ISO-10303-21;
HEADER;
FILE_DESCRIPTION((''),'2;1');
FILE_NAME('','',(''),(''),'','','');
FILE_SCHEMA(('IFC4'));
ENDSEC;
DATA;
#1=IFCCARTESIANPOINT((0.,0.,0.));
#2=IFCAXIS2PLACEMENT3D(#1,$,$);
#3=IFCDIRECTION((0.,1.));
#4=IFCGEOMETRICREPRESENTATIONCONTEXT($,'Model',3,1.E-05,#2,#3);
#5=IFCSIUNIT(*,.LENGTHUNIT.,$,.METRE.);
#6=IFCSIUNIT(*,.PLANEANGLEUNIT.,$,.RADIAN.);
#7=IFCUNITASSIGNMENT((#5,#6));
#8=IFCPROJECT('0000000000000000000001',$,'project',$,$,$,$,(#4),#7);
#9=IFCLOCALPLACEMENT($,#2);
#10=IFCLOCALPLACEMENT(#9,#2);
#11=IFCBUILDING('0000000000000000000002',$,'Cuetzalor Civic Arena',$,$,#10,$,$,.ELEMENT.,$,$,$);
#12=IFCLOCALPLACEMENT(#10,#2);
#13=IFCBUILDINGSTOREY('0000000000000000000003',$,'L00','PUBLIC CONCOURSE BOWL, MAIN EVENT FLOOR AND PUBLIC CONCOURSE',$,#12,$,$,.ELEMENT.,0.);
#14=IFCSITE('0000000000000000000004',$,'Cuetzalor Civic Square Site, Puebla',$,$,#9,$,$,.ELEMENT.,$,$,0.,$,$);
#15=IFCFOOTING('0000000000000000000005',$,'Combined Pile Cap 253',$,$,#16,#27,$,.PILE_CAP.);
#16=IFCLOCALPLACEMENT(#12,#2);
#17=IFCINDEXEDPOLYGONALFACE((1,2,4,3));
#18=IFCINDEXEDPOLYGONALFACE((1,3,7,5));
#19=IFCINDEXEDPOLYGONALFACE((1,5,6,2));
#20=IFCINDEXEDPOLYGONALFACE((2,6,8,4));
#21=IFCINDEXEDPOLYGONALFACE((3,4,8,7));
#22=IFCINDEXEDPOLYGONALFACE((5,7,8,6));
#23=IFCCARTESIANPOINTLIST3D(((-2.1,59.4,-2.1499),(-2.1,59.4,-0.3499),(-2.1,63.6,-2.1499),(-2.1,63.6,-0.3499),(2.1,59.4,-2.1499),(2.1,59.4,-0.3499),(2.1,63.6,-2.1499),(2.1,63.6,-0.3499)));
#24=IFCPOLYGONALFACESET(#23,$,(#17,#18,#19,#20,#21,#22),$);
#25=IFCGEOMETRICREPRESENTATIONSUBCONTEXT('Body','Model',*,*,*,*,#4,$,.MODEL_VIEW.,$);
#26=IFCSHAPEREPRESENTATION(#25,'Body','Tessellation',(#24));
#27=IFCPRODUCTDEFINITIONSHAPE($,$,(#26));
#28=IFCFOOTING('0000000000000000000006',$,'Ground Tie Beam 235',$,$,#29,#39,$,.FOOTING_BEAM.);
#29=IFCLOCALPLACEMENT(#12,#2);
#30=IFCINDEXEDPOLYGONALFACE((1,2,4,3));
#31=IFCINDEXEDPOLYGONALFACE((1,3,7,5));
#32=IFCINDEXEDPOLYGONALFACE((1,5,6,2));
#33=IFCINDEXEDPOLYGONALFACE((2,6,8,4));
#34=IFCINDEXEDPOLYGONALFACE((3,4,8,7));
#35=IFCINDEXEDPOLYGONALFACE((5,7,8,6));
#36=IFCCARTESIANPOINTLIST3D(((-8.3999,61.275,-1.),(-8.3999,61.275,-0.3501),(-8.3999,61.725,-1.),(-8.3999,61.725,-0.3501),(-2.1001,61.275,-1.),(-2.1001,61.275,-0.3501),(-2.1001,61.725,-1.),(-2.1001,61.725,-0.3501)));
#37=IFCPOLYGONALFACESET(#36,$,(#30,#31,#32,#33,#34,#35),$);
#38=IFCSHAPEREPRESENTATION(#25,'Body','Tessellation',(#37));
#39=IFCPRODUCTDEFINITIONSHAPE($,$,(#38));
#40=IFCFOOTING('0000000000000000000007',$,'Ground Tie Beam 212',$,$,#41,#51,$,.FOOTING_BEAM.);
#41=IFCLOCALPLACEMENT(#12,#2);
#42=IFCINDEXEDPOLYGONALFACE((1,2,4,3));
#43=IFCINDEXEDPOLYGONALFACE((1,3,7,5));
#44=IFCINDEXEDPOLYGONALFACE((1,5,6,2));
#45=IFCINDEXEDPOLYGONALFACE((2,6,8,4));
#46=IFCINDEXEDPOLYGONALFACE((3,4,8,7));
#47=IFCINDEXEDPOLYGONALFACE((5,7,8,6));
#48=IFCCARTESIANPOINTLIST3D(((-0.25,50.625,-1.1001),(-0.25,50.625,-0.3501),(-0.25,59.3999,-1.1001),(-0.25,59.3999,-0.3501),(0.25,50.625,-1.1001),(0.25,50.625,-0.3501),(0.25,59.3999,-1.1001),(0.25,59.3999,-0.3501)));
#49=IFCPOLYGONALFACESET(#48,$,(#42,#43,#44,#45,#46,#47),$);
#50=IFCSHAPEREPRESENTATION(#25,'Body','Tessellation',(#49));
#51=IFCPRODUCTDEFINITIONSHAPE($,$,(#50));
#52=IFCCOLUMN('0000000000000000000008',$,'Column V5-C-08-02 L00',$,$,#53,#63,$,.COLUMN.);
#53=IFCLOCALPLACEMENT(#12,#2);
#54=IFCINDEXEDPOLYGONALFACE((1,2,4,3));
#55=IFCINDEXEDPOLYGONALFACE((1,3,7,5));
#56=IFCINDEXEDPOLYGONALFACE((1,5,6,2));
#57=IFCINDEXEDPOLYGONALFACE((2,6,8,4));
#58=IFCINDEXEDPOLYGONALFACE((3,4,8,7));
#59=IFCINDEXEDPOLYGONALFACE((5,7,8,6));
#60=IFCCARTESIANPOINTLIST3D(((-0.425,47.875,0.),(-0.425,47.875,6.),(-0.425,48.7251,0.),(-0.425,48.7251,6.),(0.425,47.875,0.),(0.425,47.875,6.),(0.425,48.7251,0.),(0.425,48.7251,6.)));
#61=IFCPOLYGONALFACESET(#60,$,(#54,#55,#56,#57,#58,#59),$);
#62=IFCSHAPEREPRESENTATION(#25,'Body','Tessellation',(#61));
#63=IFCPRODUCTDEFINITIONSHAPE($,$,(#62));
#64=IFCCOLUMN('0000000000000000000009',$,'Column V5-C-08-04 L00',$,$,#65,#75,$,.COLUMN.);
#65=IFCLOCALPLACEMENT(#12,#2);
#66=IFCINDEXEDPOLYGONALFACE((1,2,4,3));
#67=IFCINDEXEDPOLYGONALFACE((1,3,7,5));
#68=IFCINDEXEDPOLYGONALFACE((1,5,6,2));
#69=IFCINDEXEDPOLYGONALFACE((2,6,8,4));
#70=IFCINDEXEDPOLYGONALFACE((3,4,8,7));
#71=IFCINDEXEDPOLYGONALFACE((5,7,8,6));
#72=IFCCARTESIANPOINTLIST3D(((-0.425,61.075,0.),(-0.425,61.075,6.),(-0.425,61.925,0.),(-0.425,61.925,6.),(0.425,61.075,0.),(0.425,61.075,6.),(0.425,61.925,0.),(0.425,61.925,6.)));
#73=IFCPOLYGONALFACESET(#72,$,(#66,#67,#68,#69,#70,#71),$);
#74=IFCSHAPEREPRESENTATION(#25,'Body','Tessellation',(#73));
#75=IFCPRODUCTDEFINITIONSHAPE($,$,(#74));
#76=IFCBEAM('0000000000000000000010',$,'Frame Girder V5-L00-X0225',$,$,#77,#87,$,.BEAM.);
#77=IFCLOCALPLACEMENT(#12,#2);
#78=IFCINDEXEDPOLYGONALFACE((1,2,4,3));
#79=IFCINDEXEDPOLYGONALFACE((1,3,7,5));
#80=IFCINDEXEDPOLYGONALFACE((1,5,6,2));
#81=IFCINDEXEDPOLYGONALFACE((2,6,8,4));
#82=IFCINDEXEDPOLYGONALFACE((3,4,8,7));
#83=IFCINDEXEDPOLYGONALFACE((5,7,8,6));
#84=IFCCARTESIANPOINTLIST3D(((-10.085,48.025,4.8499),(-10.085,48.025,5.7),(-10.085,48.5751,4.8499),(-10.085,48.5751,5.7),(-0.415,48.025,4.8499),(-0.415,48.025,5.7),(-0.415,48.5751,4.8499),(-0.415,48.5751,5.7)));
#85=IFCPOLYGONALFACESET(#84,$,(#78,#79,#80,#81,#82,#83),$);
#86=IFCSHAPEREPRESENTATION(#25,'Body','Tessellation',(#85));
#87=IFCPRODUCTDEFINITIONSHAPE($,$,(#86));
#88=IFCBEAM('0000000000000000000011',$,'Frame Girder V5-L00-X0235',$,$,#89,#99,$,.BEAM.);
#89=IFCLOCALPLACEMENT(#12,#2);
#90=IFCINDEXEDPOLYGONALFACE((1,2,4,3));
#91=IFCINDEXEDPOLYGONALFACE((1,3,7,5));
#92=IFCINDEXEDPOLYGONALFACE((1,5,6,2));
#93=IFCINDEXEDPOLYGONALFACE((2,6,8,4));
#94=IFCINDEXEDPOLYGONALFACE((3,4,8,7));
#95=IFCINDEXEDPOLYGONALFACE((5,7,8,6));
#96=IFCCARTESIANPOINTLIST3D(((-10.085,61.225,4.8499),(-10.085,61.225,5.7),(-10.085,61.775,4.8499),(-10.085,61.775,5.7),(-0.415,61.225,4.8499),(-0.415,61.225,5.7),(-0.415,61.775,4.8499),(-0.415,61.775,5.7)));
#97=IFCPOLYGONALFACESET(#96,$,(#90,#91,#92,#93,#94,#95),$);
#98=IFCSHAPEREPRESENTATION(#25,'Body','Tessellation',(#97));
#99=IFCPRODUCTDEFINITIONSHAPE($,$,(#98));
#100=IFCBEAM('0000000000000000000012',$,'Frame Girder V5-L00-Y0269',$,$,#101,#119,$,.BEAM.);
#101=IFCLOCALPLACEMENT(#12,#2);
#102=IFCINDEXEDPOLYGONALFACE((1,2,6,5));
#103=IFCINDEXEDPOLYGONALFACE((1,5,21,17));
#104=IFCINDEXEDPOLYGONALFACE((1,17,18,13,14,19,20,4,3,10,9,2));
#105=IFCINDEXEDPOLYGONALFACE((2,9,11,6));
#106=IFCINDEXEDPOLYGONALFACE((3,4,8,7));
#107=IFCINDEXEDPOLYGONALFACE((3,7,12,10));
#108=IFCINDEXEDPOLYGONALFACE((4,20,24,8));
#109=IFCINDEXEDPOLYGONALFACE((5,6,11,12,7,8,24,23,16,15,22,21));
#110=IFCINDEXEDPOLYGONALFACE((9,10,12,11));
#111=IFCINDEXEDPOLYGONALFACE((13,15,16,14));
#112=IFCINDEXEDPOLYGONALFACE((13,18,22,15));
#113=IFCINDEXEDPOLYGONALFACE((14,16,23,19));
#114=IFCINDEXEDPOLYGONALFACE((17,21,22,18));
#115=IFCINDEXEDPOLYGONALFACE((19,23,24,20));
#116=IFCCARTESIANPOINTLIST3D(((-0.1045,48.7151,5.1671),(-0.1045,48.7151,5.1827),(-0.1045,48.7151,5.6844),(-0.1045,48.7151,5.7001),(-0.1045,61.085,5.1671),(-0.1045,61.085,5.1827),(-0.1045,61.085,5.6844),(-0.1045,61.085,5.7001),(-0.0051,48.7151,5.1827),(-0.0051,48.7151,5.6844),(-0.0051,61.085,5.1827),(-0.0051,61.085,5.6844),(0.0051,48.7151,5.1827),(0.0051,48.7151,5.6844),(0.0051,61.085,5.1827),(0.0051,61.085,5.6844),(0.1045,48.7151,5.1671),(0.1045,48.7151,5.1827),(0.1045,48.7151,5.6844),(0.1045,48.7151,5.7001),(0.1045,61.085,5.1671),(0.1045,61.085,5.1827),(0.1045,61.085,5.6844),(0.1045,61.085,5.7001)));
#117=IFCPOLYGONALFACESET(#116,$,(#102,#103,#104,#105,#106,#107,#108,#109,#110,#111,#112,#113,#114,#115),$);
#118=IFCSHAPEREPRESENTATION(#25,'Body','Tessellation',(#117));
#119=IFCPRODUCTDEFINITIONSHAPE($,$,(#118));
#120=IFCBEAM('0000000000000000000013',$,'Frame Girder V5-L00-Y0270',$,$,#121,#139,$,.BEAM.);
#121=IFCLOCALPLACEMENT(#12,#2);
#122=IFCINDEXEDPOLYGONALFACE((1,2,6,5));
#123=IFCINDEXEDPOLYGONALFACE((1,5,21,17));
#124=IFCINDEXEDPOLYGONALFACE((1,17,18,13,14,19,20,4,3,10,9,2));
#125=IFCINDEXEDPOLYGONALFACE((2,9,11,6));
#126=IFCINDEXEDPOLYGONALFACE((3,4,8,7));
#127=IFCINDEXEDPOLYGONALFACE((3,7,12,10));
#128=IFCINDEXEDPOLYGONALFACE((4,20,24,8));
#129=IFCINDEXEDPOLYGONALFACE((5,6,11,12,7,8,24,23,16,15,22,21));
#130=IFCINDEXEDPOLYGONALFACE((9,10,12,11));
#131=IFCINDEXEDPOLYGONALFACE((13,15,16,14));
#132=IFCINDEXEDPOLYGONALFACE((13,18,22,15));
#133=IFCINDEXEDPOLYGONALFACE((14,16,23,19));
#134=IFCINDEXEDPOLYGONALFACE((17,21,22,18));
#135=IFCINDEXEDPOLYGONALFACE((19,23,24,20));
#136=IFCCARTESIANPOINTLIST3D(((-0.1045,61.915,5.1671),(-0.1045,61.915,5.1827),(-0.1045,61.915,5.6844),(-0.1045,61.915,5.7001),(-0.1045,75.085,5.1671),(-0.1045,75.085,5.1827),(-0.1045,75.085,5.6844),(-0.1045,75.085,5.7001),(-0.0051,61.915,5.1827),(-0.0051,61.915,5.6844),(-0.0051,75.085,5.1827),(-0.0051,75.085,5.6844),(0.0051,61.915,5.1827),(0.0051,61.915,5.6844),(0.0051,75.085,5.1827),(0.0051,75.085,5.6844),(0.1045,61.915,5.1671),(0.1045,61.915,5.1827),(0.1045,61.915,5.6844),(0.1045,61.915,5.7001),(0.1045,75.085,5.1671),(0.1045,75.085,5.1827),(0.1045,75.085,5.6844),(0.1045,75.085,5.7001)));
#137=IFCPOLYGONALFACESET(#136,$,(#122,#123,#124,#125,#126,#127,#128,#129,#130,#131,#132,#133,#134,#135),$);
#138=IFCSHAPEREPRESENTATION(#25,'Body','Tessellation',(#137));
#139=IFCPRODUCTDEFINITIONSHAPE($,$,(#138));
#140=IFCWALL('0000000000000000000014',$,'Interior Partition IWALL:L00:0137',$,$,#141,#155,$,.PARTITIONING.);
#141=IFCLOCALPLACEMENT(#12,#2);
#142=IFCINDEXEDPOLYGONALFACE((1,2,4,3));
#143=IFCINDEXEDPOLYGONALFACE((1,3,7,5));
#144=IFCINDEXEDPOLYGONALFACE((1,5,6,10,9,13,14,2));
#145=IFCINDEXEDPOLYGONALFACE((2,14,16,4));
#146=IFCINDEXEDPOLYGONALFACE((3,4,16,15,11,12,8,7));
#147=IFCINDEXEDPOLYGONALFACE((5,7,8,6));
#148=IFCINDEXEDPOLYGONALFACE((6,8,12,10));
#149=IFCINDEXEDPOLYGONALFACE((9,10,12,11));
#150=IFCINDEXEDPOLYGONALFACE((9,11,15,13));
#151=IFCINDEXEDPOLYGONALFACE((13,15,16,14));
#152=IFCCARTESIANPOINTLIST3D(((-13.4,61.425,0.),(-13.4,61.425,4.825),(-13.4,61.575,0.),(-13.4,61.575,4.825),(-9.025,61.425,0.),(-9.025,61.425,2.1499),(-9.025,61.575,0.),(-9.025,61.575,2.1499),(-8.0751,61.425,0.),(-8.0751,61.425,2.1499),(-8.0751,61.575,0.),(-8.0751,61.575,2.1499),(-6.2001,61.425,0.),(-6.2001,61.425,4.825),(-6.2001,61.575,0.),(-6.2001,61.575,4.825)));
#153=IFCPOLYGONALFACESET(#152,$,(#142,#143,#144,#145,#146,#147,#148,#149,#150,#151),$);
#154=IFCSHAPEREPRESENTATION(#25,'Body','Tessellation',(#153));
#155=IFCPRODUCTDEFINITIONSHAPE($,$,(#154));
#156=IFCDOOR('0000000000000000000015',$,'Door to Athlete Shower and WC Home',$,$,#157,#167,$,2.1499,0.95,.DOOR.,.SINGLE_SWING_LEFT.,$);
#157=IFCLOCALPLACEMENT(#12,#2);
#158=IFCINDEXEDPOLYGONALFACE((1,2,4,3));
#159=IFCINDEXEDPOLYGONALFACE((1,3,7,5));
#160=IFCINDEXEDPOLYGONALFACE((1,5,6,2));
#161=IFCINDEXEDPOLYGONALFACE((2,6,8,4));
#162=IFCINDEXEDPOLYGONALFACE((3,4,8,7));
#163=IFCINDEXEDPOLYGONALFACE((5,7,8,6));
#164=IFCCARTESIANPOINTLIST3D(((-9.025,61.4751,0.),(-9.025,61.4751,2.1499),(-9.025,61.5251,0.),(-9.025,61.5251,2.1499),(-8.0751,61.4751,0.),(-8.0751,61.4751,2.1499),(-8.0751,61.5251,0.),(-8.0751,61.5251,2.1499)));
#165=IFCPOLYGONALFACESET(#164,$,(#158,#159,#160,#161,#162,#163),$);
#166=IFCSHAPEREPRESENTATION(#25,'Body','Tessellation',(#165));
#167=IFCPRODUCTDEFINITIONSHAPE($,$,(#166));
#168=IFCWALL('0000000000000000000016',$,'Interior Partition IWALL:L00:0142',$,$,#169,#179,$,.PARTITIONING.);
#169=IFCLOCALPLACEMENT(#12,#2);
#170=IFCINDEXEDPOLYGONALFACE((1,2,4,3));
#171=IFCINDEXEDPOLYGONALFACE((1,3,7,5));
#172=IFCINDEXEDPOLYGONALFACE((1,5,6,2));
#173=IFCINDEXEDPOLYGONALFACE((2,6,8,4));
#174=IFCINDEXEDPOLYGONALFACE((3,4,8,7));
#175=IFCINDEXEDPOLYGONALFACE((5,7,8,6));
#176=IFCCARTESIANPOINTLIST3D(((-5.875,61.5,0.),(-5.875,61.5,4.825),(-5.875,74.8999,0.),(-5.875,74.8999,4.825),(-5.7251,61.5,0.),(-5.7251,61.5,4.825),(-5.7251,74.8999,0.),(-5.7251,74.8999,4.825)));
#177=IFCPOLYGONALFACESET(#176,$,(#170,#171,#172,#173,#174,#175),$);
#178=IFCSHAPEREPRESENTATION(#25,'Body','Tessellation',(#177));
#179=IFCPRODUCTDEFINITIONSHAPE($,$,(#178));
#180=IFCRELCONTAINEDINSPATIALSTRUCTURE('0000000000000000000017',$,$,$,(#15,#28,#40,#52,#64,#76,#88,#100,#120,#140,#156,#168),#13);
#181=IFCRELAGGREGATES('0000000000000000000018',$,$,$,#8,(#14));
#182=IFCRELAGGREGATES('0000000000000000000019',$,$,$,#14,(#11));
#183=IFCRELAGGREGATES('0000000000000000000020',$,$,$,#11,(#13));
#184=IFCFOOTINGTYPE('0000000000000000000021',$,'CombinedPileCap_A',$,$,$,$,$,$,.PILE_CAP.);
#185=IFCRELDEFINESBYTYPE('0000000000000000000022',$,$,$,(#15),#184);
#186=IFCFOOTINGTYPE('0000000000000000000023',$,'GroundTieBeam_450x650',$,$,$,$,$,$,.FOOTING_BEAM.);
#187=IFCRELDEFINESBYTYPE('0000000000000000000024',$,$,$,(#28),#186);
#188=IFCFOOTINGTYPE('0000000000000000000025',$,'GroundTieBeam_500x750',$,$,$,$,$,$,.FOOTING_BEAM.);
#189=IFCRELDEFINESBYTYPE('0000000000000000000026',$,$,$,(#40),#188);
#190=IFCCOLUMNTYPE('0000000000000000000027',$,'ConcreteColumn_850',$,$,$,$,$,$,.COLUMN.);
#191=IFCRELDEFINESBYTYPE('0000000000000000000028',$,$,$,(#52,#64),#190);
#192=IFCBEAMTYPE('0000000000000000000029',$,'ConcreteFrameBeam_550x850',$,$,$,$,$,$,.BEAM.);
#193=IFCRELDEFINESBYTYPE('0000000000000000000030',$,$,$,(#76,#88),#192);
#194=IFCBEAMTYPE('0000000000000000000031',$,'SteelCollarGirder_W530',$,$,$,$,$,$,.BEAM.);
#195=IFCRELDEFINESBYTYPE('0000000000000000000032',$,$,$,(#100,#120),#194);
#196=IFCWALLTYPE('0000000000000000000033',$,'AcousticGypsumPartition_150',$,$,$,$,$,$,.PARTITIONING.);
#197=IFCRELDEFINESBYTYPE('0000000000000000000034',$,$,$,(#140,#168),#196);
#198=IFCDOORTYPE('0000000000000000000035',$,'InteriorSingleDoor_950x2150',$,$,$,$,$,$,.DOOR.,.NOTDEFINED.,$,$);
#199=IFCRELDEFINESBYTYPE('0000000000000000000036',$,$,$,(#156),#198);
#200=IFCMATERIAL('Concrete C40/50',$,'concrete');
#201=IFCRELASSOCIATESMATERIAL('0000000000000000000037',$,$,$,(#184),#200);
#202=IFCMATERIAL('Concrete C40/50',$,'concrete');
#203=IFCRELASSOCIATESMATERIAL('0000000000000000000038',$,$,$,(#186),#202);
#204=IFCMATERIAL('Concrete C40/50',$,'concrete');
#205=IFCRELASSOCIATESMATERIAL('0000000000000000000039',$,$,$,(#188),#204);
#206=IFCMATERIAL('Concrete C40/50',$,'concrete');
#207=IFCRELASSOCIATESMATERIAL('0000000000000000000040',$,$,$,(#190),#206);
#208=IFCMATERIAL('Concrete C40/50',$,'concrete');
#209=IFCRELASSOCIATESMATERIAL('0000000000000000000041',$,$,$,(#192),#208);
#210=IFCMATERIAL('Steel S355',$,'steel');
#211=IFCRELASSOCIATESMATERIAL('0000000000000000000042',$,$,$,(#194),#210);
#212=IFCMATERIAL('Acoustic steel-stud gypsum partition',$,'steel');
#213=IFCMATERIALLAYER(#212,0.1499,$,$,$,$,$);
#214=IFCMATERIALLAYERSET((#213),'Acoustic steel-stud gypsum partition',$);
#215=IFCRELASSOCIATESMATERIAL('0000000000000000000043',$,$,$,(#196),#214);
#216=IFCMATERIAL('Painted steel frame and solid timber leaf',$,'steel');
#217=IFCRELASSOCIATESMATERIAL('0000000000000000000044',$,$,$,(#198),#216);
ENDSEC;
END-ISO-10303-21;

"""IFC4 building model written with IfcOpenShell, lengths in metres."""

from ifc_helpers import new_model, si_unit, direction, frame, frame_2d, origin, origin_2d, place, context, subcontext, project, spatial, rectangle, i_section, extrude, material, layer, layer_set, material_profile, profile_set, type_object, element, fill, save


model = new_model("IFC4")

# Units and contexts
model_context = context("Model", 3, precision=1e-05, world=origin(), true_north=direction((0.0, 1.0)))
body_context = subcontext(model_context, "Body", "Model", "MODEL_VIEW")
ifc_project = project(units=[si_unit("LENGTHUNIT", "METRE"), si_unit("PLANEANGLEUNIT", "RADIAN")], contexts=[model_context])

# Site, building, storey
site_placement = place(None, origin())
site = spatial("IfcSite", under=ifc_project, at=site_placement, Name="Cuetzalor Civic Square Site, Puebla", CompositionType="ELEMENT", RefElevation=0.0)
building_placement = place(site_placement, origin())
building = spatial("IfcBuilding", under=site, at=building_placement, Name="Cuetzalor Civic Arena", CompositionType="ELEMENT")
storey_placement = place(building_placement, origin())
storey = spatial("IfcBuildingStorey", under=building, at=storey_placement, Name="L00", Description="PUBLIC CONCOURSE BOWL, MAIN EVENT FLOOR AND PUBLIC CONCOURSE", CompositionType="ELEMENT", Elevation=0.0)

# Footings
ifc_material_1 = material(Name="Concrete C40/50", Category="concrete")
footing_type_1 = type_object("IfcFootingType", Name="CombinedPileCap_A", PredefinedType="PILE_CAP", material=ifc_material_1)
footing_1_placement = place(storey_placement, frame((0.0, 61.5, -2.1499), z_axis=(0.0, 0.0, 1.0), x_axis=(1.0, 0.0, 0.0)))
element("IfcFooting", 1, at=footing_1_placement, inside=storey, type_object=footing_type_1, Name="Combined Pile Cap 253", PredefinedType="PILE_CAP", context=body_context, shape_type="SweptSolid", body=[
    extrude(rectangle(XDim=4.2, YDim=4.2, at=origin_2d()), origin(), (0.0, 0.0, 1.0), 1.8),
])
ifc_material_2 = material(Name="Concrete C40/50", Category="concrete")
ifc_material_profile_1 = material_profile(ifc_material_2, rectangle(XDim=0.45, YDim=0.6499, at=origin_2d()), Name="RC 450x650")
ifc_profile_set_1 = profile_set([ifc_material_profile_1], Name="Concrete C40/50")
footing_type_2 = type_object("IfcFootingType", Name="GroundTieBeam_450x650", PredefinedType="FOOTING_BEAM", material=ifc_profile_set_1)
footing_2_placement = place(storey_placement, frame((-8.3999, 61.5, -0.675), z_axis=(1.0, 0.0, 0.0), x_axis=(0.0, 1.0, 0.0)))
element("IfcFooting", 2, at=footing_2_placement, inside=storey, type_object=footing_type_2, Name="Ground Tie Beam 235", PredefinedType="FOOTING_BEAM", context=body_context, shape_type="SweptSolid", body=[
    extrude(rectangle(XDim=0.45, YDim=0.6499, at=origin_2d()), origin(), (0.0, 0.0, 1.0), 6.2998),
])
ifc_material_3 = material(Name="Concrete C40/50", Category="concrete")
ifc_material_profile_2 = material_profile(ifc_material_3, rectangle(XDim=0.5, YDim=0.75, at=origin_2d()), Name="RC 500x750")
ifc_profile_set_2 = profile_set([ifc_material_profile_2], Name="Concrete C40/50")
footing_type_3 = type_object("IfcFootingType", Name="GroundTieBeam_500x750", PredefinedType="FOOTING_BEAM", material=ifc_profile_set_2)
footing_3_placement = place(storey_placement, frame((0.0, 50.625, -0.7251), z_axis=(0.0, 1.0, 0.0), x_axis=(-1.0, 0.0, 0.0)))
element("IfcFooting", 3, at=footing_3_placement, inside=storey, type_object=footing_type_3, Name="Ground Tie Beam 212", PredefinedType="FOOTING_BEAM", context=body_context, shape_type="SweptSolid", body=[
    extrude(rectangle(XDim=0.5, YDim=0.75, at=origin_2d()), origin(), (0.0, 0.0, 1.0), 8.7749),
])

# Columns
ifc_material_4 = material(Name="Concrete C40/50", Category="concrete")
ifc_material_profile_3 = material_profile(ifc_material_4, rectangle(XDim=0.8501, YDim=0.8501, at=origin_2d()), Name="RC 850x850")
ifc_profile_set_3 = profile_set([ifc_material_profile_3], Name="Concrete C40/50")
column_type = type_object("IfcColumnType", Name="ConcreteColumn_850", PredefinedType="COLUMN", material=ifc_profile_set_3)
for number, where, z_axis, x_axis, name in (
    (4, (0.0, 48.3, 0.0), (0.0, 0.0, 1.0), (1.0, 0.0, 0.0), "Column V5-C-08-02 L00"),
    (5, (0.0, 61.5, 0.0), (0.0, 0.0, 1.0), (1.0, 0.0, 0.0), "Column V5-C-08-04 L00"),
):
    element("IfcColumn", number, at=place(storey_placement, frame(where, z_axis=z_axis, x_axis=x_axis)), inside=storey, type_object=column_type, Name=name, PredefinedType="COLUMN", context=body_context, shape_type="SweptSolid", body=[
        extrude(rectangle(XDim=0.8501, YDim=0.8501, at=origin_2d()), origin(), (0.0, 0.0, 1.0), 6.0),
    ])

# Beams
ifc_material_5 = material(Name="Concrete C40/50", Category="concrete")
ifc_material_profile_4 = material_profile(ifc_material_5, rectangle(XDim=0.55, YDim=0.8501, at=origin_2d()), Name="RC 550x850")
ifc_profile_set_4 = profile_set([ifc_material_profile_4], Name="Concrete C40/50")
beam_type_1 = type_object("IfcBeamType", Name="ConcreteFrameBeam_550x850", PredefinedType="BEAM", material=ifc_profile_set_4)
for number, where, z_axis, x_axis, name in (
    (6, (-10.085, 48.3, 5.2749), (1.0, 0.0, 0.0), (0.0, 1.0, 0.0), "Frame Girder V5-L00-X0225"),
    (7, (-10.085, 61.5, 5.2749), (1.0, 0.0, 0.0), (0.0, 1.0, 0.0), "Frame Girder V5-L00-X0235"),
):
    element("IfcBeam", number, at=place(storey_placement, frame(where, z_axis=z_axis, x_axis=x_axis)), inside=storey, type_object=beam_type_1, Name=name, PredefinedType="BEAM", context=body_context, shape_type="SweptSolid", body=[
        extrude(rectangle(XDim=0.55, YDim=0.8501, at=origin_2d()), origin(), (0.0, 0.0, 1.0), 9.6699),
    ])
ifc_material_6 = material(Name="Steel S355", Category="steel")
ifc_material_profile_5 = material_profile(ifc_material_6, i_section(OverallWidth=0.209, OverallDepth=0.533, WebThickness=0.0103, FlangeThickness=0.0156, at=origin_2d()), Name="W530x92")
ifc_profile_set_5 = profile_set([ifc_material_profile_5], Name="Steel S355")
beam_type_2 = type_object("IfcBeamType", Name="SteelCollarGirder_W530", PredefinedType="BEAM", material=ifc_profile_set_5)
beam_1_placement = place(storey_placement, frame((0.0, 48.7151, 5.4336), z_axis=(0.0, 1.0, 0.0), x_axis=(-1.0, 0.0, 0.0)))
element("IfcBeam", 8, at=beam_1_placement, inside=storey, type_object=beam_type_2, Name="Frame Girder V5-L00-Y0269", PredefinedType="BEAM", context=body_context, shape_type="SweptSolid", body=[
    extrude(i_section(OverallWidth=0.209, OverallDepth=0.533, WebThickness=0.0103, FlangeThickness=0.0156, at=origin_2d()), origin(), (0.0, 0.0, 1.0), 12.3699),
])
beam_2_placement = place(storey_placement, frame((0.0, 61.915, 5.4336), z_axis=(0.0, 1.0, 0.0), x_axis=(-1.0, 0.0, 0.0)))
element("IfcBeam", 9, at=beam_2_placement, inside=storey, type_object=beam_type_2, Name="Frame Girder V5-L00-Y0270", PredefinedType="BEAM", context=body_context, shape_type="SweptSolid", body=[
    extrude(i_section(OverallWidth=0.209, OverallDepth=0.533, WebThickness=0.0103, FlangeThickness=0.0156, at=origin_2d()), origin(), (0.0, 0.0, 1.0), 13.1699),
])

# Wall, opening, door
ifc_material_7 = material(Name="Acoustic steel-stud gypsum partition", Category="steel")
ifc_layer = layer(ifc_material_7, 0.1499)
ifc_layer_set = layer_set([ifc_layer], Name="Acoustic steel-stud gypsum partition")
wall_type = type_object("IfcWallType", Name="AcousticGypsumPartition_150", PredefinedType="PARTITIONING", material=ifc_layer_set)
wall_1_placement = place(storey_placement, frame((-6.2, 61.5, 0.0), z_axis=(0.0, 0.0, 1.0), x_axis=(-1.0, 0.0, 0.0)))
wall_1 = element("IfcWall", 10, at=wall_1_placement, inside=storey, type_object=wall_type, Name="Interior Partition IWALL:L00:0137", PredefinedType="PARTITIONING", context=body_context, shape_type="SweptSolid", body=[
    extrude(rectangle(XDim=7.2, YDim=0.1499, at=frame_2d((3.6001, 0.0))), origin(), (0.0, 0.0, 1.0), 4.825),
])
opening_1_placement = place(wall_1_placement, frame((1.875, 0.0, 0.0)))
opening_1 = element("IfcOpeningElement", 11, at=opening_1_placement, cuts=wall_1, PredefinedType="OPENING", context=body_context, shape_type="SweptSolid", body=[
    extrude(rectangle(XDim=0.95, YDim=2.1499, at=frame_2d((0.4751, 1.075))), frame((0.0, 0.085, 0.0), z_axis=(0.0, -1.0, 0.0), x_axis=(1.0, 0.0, 0.0)), (0.0, 0.0, 1.0), 0.1699),
])
ifc_material_8 = material(Name="Painted steel frame and solid timber leaf", Category="steel")
door_type = type_object("IfcDoorType", Name="InteriorSingleDoor_950x2150", OperationType="NOTDEFINED", PredefinedType="DOOR", material=ifc_material_8)
door_1_placement = place(opening_1_placement, origin())
door_1 = element("IfcDoor", 12, at=door_1_placement, inside=storey, type_object=door_type, Name="Door to Athlete Shower and WC Home", OperationType="SINGLE_SWING_LEFT", OverallHeight=2.1499, OverallWidth=0.95, PredefinedType="DOOR", context=body_context, shape_type="SweptSolid", body=[
    extrude(rectangle(XDim=0.95, YDim=2.1499, at=frame_2d((0.4751, 1.075))), frame((0.0, 0.0249, 0.0), z_axis=(0.0, -1.0, 0.0), x_axis=(1.0, 0.0, 0.0)), (0.0, 0.0, 1.0), 0.05),
])
fill(opening_1, door_1)

# Wall
wall_2_placement = place(storey_placement, frame((-5.8, 61.5, 0.0), z_axis=(0.0, 0.0, 1.0), x_axis=(0.0, 1.0, 0.0)))
element("IfcWall", 13, at=wall_2_placement, inside=storey, type_object=wall_type, Name="Interior Partition IWALL:L00:0142", PredefinedType="PARTITIONING", context=body_context, shape_type="SweptSolid", body=[
    extrude(rectangle(XDim=13.3999, YDim=0.1499, at=frame_2d((6.7, 0.0))), origin(), (0.0, 0.0, 1.0), 4.825),
])

save(model, "model.ifc")
